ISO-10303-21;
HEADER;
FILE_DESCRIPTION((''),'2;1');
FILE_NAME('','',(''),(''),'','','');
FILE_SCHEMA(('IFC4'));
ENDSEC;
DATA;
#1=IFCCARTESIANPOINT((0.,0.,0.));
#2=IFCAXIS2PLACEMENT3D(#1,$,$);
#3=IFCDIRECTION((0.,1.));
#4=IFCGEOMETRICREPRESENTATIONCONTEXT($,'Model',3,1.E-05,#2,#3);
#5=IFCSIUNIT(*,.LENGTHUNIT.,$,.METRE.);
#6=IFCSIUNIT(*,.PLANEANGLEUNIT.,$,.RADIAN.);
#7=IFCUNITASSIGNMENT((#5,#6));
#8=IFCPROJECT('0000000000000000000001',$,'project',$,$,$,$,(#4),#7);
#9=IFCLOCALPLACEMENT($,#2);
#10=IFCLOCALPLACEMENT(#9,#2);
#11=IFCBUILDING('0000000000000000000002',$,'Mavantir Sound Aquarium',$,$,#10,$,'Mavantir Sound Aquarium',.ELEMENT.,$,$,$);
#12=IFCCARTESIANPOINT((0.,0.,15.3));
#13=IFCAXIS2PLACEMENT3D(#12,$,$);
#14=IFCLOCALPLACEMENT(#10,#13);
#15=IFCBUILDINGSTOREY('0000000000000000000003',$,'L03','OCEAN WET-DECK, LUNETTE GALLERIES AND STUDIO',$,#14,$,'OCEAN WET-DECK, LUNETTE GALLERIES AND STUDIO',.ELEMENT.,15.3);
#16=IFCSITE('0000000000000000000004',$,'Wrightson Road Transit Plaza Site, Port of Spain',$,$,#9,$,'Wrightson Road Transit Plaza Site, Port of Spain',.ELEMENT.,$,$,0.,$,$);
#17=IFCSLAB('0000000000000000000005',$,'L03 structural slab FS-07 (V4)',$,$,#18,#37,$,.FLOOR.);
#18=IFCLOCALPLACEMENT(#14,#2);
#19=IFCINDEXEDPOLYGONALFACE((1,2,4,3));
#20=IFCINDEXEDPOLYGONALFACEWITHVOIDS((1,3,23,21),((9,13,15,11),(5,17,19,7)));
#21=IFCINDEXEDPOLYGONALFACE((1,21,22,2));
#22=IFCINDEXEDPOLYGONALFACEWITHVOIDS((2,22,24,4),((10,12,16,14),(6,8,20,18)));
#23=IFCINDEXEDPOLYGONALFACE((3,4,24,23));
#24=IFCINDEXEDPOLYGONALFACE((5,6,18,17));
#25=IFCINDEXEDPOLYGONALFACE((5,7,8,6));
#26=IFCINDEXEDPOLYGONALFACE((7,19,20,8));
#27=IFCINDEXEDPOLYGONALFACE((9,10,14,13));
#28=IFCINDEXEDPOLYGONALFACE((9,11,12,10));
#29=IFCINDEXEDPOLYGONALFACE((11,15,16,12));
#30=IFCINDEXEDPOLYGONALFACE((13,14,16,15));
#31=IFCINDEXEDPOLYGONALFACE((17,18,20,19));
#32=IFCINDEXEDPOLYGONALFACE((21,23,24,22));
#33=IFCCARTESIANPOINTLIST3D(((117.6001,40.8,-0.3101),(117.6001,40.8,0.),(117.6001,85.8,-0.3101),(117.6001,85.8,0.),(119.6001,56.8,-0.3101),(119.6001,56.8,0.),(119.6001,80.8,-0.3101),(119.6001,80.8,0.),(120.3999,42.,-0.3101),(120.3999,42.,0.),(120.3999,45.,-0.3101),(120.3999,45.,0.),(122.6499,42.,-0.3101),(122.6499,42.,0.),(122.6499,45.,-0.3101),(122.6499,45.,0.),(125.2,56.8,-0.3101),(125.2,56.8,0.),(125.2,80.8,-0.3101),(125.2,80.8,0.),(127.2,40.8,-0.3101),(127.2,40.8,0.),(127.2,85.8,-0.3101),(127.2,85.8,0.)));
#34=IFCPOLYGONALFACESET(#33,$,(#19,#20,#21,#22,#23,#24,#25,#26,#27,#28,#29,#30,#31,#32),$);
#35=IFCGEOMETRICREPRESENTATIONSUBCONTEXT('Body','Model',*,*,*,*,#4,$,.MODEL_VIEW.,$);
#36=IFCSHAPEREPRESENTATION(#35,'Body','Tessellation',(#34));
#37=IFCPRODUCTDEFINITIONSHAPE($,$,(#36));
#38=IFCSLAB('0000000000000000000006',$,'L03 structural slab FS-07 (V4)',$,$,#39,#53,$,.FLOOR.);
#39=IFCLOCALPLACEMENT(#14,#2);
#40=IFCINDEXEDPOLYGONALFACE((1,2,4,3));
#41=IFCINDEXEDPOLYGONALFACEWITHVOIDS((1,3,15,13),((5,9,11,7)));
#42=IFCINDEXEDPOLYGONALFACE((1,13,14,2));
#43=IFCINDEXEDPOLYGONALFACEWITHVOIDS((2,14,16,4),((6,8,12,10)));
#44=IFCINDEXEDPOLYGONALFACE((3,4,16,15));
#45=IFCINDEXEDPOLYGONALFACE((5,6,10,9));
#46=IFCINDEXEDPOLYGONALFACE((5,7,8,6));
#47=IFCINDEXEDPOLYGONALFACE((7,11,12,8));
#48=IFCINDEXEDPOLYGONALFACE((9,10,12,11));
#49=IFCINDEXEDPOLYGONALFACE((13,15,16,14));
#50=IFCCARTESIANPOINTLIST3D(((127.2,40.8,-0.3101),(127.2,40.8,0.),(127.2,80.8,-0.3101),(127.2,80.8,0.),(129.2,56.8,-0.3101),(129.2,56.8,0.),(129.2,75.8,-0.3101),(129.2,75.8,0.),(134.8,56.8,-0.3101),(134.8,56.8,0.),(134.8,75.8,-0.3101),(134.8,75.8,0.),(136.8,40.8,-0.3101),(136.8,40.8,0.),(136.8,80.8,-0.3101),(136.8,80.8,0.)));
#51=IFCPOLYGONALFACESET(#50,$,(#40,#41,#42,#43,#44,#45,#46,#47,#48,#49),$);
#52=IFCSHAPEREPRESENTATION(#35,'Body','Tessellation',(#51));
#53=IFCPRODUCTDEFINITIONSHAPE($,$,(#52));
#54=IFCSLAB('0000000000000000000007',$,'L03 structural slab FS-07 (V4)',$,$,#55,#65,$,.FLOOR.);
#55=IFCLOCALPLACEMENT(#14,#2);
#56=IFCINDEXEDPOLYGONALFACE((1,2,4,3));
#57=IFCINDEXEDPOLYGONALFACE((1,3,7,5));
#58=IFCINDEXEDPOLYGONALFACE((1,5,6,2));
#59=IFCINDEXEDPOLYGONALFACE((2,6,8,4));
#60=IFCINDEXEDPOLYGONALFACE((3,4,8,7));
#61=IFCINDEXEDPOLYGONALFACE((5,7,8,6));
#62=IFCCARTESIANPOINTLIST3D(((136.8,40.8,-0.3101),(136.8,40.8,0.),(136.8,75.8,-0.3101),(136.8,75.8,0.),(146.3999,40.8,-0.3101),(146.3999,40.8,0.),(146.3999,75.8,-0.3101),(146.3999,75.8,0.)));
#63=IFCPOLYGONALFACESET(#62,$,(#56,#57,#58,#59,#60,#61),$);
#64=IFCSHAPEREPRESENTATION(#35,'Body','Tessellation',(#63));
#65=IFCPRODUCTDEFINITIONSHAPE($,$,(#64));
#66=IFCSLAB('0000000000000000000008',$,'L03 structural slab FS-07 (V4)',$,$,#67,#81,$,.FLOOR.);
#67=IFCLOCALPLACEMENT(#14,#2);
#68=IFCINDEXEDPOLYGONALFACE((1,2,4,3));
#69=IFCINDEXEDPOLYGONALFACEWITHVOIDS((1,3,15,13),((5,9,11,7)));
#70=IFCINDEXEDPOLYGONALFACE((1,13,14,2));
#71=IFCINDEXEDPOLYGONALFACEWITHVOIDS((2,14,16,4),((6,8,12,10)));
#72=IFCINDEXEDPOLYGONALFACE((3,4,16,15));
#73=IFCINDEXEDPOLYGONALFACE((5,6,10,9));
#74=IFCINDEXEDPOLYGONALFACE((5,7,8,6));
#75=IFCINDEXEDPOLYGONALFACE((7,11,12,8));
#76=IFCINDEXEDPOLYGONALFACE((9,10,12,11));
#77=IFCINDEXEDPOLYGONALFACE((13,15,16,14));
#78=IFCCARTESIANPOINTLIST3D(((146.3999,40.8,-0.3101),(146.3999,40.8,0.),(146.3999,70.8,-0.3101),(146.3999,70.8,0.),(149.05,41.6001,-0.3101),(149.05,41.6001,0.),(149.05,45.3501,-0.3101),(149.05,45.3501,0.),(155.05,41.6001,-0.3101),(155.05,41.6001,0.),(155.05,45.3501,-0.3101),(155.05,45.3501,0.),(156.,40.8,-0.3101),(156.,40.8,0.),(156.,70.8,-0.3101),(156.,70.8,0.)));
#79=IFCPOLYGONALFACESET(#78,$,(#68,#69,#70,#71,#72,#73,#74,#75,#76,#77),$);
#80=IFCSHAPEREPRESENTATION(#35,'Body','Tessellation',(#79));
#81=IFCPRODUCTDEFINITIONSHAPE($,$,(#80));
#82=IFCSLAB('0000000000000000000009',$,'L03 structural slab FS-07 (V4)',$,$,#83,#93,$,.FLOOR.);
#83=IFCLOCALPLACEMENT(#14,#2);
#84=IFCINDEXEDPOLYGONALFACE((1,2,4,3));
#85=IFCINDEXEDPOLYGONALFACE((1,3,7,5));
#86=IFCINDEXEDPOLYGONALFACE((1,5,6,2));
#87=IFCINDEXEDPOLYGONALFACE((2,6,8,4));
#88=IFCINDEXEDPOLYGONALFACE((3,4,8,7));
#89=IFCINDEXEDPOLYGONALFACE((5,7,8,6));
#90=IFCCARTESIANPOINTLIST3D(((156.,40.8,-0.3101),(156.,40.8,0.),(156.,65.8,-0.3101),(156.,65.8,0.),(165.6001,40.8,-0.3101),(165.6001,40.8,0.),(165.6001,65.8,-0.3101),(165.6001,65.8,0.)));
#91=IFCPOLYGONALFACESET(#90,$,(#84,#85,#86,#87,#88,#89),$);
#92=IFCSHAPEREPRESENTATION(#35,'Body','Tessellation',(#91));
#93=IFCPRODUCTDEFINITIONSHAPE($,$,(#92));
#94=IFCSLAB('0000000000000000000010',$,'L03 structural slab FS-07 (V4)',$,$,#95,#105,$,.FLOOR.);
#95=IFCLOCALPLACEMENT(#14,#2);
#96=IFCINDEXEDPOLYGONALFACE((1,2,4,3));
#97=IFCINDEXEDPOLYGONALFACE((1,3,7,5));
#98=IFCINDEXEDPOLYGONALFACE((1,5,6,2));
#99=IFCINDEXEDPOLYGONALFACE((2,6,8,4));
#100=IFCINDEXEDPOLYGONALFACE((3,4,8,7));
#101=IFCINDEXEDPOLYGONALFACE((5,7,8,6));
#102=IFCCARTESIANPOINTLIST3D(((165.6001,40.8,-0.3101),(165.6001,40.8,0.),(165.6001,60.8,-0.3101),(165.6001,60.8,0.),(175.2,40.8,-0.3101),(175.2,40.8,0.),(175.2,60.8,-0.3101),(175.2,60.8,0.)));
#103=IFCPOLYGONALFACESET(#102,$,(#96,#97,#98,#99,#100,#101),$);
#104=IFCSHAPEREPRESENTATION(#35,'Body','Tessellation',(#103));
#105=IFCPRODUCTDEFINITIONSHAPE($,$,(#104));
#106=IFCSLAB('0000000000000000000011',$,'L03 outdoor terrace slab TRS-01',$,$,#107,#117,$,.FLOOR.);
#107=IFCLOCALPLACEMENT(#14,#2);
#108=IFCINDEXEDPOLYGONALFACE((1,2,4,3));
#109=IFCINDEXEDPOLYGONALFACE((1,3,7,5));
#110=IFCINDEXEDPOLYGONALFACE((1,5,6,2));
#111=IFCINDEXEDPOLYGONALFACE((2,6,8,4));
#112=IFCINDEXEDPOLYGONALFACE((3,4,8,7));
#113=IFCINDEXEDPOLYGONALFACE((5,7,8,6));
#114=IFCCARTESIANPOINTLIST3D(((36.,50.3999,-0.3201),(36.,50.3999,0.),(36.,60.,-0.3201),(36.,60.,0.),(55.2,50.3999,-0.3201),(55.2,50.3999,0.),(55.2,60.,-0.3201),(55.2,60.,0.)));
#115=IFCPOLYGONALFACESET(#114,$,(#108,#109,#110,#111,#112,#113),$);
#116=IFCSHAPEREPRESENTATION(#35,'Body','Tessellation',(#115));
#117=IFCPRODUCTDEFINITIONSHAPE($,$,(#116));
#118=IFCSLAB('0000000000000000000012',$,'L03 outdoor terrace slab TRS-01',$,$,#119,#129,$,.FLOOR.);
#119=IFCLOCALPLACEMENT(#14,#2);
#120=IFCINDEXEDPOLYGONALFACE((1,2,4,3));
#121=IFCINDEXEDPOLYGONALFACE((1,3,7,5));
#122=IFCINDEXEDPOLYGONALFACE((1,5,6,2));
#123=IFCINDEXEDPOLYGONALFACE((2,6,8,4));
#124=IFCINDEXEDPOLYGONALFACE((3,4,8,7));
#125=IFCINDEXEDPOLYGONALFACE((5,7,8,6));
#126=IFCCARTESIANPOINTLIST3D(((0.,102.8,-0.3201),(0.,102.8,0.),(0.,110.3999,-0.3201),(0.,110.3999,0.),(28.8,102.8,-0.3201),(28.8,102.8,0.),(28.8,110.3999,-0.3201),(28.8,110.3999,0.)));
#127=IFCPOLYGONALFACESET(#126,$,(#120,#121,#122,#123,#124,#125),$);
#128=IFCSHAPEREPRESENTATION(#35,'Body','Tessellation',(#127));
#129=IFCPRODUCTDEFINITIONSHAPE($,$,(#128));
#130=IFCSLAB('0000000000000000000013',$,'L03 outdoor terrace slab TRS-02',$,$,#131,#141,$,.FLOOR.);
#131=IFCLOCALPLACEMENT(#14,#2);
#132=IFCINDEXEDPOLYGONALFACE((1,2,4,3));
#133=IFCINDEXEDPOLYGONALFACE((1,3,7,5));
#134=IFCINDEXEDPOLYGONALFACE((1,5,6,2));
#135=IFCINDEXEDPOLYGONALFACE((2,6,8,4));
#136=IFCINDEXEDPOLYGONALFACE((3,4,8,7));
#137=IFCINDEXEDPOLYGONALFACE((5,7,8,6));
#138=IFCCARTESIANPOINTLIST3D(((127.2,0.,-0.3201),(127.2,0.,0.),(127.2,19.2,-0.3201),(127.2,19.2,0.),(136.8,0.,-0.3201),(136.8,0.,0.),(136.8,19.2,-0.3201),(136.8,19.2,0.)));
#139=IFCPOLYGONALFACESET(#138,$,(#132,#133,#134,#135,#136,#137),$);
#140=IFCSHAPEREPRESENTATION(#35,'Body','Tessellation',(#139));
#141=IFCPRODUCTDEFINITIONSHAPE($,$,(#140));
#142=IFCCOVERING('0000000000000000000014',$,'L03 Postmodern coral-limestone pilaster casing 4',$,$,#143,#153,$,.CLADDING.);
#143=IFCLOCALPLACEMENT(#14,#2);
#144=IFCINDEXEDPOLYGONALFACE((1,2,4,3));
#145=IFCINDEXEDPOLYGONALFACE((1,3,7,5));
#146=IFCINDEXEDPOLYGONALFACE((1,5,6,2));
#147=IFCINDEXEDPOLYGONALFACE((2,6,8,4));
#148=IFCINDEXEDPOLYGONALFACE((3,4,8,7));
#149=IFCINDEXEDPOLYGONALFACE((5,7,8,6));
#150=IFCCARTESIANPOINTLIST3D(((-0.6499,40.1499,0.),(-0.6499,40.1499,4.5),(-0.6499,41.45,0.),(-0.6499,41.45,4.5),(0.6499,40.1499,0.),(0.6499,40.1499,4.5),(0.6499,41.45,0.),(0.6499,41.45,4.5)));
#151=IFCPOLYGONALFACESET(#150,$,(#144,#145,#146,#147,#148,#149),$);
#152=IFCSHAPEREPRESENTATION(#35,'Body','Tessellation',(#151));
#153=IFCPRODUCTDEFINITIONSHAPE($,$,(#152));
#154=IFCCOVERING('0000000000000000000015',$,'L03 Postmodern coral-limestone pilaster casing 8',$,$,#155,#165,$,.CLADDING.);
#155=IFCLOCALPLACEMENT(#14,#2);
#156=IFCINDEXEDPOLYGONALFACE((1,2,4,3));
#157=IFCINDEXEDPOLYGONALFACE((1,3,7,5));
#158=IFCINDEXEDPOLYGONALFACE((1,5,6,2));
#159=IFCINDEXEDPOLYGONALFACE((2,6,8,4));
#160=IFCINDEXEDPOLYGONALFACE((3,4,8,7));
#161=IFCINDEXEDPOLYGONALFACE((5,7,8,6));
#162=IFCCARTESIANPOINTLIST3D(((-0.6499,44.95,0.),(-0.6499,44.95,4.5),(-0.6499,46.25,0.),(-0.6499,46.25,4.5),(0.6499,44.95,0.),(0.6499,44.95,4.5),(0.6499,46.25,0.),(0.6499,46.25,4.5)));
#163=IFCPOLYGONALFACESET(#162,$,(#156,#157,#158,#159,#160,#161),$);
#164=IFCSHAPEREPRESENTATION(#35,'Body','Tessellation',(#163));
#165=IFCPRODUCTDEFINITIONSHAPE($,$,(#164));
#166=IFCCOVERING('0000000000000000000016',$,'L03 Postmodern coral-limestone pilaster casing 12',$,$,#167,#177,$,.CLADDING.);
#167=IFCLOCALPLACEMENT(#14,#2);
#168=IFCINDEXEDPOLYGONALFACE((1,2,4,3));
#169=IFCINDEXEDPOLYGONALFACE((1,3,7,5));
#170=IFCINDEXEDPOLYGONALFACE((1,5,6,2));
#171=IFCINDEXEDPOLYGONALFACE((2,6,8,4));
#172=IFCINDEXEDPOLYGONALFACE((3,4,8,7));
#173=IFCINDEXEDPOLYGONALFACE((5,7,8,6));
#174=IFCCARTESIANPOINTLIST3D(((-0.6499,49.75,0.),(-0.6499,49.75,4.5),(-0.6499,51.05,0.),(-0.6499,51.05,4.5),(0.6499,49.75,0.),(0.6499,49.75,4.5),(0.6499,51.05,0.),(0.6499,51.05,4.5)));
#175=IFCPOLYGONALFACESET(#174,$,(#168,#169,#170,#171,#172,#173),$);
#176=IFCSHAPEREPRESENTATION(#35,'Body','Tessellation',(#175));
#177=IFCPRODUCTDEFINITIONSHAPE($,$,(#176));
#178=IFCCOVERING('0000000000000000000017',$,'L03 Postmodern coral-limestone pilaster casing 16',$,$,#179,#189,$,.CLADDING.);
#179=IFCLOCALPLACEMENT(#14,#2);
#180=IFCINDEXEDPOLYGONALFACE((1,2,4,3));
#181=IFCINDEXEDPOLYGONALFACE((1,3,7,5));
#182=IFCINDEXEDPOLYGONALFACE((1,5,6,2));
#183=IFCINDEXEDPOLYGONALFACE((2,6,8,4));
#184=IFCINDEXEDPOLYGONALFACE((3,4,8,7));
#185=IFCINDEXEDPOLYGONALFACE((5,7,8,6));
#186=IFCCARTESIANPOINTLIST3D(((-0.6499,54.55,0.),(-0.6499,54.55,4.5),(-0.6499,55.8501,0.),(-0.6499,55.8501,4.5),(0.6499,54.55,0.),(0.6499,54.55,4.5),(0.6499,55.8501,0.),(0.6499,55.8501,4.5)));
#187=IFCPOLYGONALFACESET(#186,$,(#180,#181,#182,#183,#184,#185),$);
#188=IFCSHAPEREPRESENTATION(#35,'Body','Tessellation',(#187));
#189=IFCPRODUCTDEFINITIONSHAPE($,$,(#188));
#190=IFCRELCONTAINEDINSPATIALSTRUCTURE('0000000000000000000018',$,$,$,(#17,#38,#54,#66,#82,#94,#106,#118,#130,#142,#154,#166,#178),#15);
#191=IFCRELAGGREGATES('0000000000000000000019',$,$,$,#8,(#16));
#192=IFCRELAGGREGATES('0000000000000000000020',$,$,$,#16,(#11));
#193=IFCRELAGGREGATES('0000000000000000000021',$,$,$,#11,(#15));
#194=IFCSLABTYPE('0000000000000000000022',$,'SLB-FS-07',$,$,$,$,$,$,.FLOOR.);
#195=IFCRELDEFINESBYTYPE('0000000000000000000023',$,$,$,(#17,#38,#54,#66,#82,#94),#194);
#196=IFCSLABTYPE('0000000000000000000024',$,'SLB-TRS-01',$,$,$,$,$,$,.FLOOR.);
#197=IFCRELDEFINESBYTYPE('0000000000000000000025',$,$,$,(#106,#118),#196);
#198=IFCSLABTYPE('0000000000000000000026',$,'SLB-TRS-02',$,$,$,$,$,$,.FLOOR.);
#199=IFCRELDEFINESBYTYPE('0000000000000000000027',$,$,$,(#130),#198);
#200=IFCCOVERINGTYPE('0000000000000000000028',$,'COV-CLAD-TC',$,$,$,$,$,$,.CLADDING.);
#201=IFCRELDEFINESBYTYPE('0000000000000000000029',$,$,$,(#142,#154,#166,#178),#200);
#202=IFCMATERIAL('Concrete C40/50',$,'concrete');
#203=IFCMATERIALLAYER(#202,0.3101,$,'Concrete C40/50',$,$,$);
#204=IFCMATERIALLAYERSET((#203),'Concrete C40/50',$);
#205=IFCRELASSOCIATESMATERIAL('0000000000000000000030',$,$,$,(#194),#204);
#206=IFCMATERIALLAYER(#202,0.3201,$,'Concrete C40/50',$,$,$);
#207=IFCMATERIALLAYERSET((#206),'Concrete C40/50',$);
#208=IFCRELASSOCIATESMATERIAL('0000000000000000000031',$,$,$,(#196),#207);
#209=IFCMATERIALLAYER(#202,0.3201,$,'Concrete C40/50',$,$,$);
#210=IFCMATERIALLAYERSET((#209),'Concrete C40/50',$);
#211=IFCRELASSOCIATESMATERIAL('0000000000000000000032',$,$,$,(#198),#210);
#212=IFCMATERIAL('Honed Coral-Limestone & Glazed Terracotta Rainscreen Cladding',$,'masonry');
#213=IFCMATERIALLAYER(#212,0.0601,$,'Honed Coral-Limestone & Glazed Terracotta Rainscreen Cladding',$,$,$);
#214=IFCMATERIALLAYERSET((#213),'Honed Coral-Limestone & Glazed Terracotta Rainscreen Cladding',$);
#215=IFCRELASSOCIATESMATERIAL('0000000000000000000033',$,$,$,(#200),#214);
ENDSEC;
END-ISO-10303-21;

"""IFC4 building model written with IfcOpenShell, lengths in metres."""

from ifc_helpers import new_model, si_unit, direction, frame, origin, place, context, subcontext, project, spatial, polyline, outline, extrude, material, layer, layer_set, type_object, element, save


model = new_model("IFC4")

# Units and contexts
model_context = context("Model", 3, precision=1e-05, world=origin(), true_north=direction((0.0, 1.0)))
body_context = subcontext(model_context, "Body", "Model", "MODEL_VIEW")
ifc_project = project(units=[si_unit("LENGTHUNIT", "METRE"), si_unit("PLANEANGLEUNIT", "RADIAN")], contexts=[model_context])

# Site, building, storey
site_placement = place(None, origin())
site = spatial("IfcSite", under=ifc_project, at=site_placement, Name="Wrightson Road Transit Plaza Site, Port of Spain", LongName="Wrightson Road Transit Plaza Site, Port of Spain", CompositionType="ELEMENT", RefElevation=0.0)
building_placement = place(site_placement, origin())
building = spatial("IfcBuilding", under=site, at=building_placement, Name="Mavantir Sound Aquarium", LongName="Mavantir Sound Aquarium", CompositionType="ELEMENT")
storey_placement = place(building_placement, frame((0.0, 0.0, 15.3)))
storey = spatial("IfcBuildingStorey", under=building, at=storey_placement, Name="L03", Description="OCEAN WET-DECK, LUNETTE GALLERIES AND STUDIO", LongName="OCEAN WET-DECK, LUNETTE GALLERIES AND STUDIO", CompositionType="ELEMENT", Elevation=15.3)

# Shared definitions
ifc_material_1 = material(Name="Concrete C40/50", Category="concrete")

# Slabs
ifc_layer_1 = layer(ifc_material_1, 0.3101, Name="Concrete C40/50")
ifc_layer_set_1 = layer_set([ifc_layer_1], Name="Concrete C40/50")
slab_type_1 = type_object("IfcSlabType", Name="SLB-FS-07", PredefinedType="FLOOR", material=ifc_layer_set_1)
slab_1_placement = place(storey_placement, frame((0.0, 0.0, -0.3101)))
element("IfcSlab", 1, at=slab_1_placement, inside=storey, type_object=slab_type_1, Name="L03 structural slab FS-07 (V4)", PredefinedType="FLOOR", context=body_context, shape_type="SweptSolid", body=[
    extrude(outline(polyline([(127.2, 40.8), (127.2, 85.8), (117.6001, 85.8), (117.6001, 40.8), (127.2, 40.8)]), holes=[polyline([(119.6001, 56.8), (125.2, 56.8), (125.2, 80.8), (119.6001, 80.8), (119.6001, 56.8)]), polyline([(120.3999, 42.0), (122.6499, 42.0), (122.6499, 45.0), (120.3999, 45.0), (120.3999, 42.0)])]), origin(), (0.0, 0.0, 1.0), 0.3101),
])
slab_2_placement = place(storey_placement, frame((0.0, 0.0, -0.3101)))
element("IfcSlab", 2, at=slab_2_placement, inside=storey, type_object=slab_type_1, Name="L03 structural slab FS-07 (V4)", PredefinedType="FLOOR", context=body_context, shape_type="SweptSolid", body=[
    extrude(outline(polyline([(136.8, 40.8), (136.8, 80.8), (127.2, 80.8), (127.2, 40.8), (136.8, 40.8)]), holes=[polyline([(129.2, 56.8), (134.8, 56.8), (134.8, 75.8), (129.2, 75.8), (129.2, 56.8)])]), origin(), (0.0, 0.0, 1.0), 0.3101),
])
slab_3_placement = place(storey_placement, frame((0.0, 0.0, -0.3101)))
element("IfcSlab", 3, at=slab_3_placement, inside=storey, type_object=slab_type_1, Name="L03 structural slab FS-07 (V4)", PredefinedType="FLOOR", context=body_context, shape_type="SweptSolid", body=[
    extrude(outline(polyline([(146.3999, 40.8), (146.3999, 75.8), (136.8, 75.8), (136.8, 40.8), (146.3999, 40.8)])), origin(), (0.0, 0.0, 1.0), 0.3101),
])
slab_4_placement = place(storey_placement, frame((0.0, 0.0, -0.3101)))
element("IfcSlab", 4, at=slab_4_placement, inside=storey, type_object=slab_type_1, Name="L03 structural slab FS-07 (V4)", PredefinedType="FLOOR", context=body_context, shape_type="SweptSolid", body=[
    extrude(outline(polyline([(156.0, 40.8), (156.0, 70.8), (146.3999, 70.8), (146.3999, 40.8), (156.0, 40.8)]), holes=[polyline([(149.05, 41.6001), (155.05, 41.6001), (155.05, 45.3501), (149.05, 45.3501), (149.05, 41.6001)])]), origin(), (0.0, 0.0, 1.0), 0.3101),
])
slab_5_placement = place(storey_placement, frame((0.0, 0.0, -0.3101)))
element("IfcSlab", 5, at=slab_5_placement, inside=storey, type_object=slab_type_1, Name="L03 structural slab FS-07 (V4)", PredefinedType="FLOOR", context=body_context, shape_type="SweptSolid", body=[
    extrude(outline(polyline([(165.6001, 40.8), (165.6001, 65.8), (156.0, 65.8), (156.0, 40.8), (165.6001, 40.8)])), origin(), (0.0, 0.0, 1.0), 0.3101),
])
slab_6_placement = place(storey_placement, frame((0.0, 0.0, -0.3101)))
element("IfcSlab", 6, at=slab_6_placement, inside=storey, type_object=slab_type_1, Name="L03 structural slab FS-07 (V4)", PredefinedType="FLOOR", context=body_context, shape_type="SweptSolid", body=[
    extrude(outline(polyline([(175.2, 40.8), (175.2, 60.8), (165.6001, 60.8), (165.6001, 40.8), (175.2, 40.8)])), origin(), (0.0, 0.0, 1.0), 0.3101),
])
ifc_layer_2 = layer(ifc_material_1, 0.3201, Name="Concrete C40/50")
ifc_layer_set_2 = layer_set([ifc_layer_2], Name="Concrete C40/50")
slab_type_2 = type_object("IfcSlabType", Name="SLB-TRS-01", PredefinedType="FLOOR", material=ifc_layer_set_2)
slab_7_placement = place(storey_placement, frame((0.0, 0.0, -0.3201)))
element("IfcSlab", 7, at=slab_7_placement, inside=storey, type_object=slab_type_2, Name="L03 outdoor terrace slab TRS-01", PredefinedType="FLOOR", context=body_context, shape_type="SweptSolid", body=[
    extrude(outline(polyline([(36.0, 50.3999), (55.2, 50.3999), (55.2, 60.0), (36.0, 60.0), (36.0, 50.3999)])), origin(), (0.0, 0.0, 1.0), 0.3201),
])
slab_8_placement = place(storey_placement, frame((0.0, 0.0, -0.3201)))
element("IfcSlab", 8, at=slab_8_placement, inside=storey, type_object=slab_type_2, Name="L03 outdoor terrace slab TRS-01", PredefinedType="FLOOR", context=body_context, shape_type="SweptSolid", body=[
    extrude(outline(polyline([(0.0, 102.8), (28.8, 102.8), (28.8, 110.3999), (0.0, 110.3999), (0.0, 102.8)])), origin(), (0.0, 0.0, 1.0), 0.3201),
])
ifc_layer_3 = layer(ifc_material_1, 0.3201, Name="Concrete C40/50")
ifc_layer_set_3 = layer_set([ifc_layer_3], Name="Concrete C40/50")
slab_type_3 = type_object("IfcSlabType", Name="SLB-TRS-02", PredefinedType="FLOOR", material=ifc_layer_set_3)
slab_9_placement = place(storey_placement, frame((0.0, 0.0, -0.3201)))
element("IfcSlab", 9, at=slab_9_placement, inside=storey, type_object=slab_type_3, Name="L03 outdoor terrace slab TRS-02", PredefinedType="FLOOR", context=body_context, shape_type="SweptSolid", body=[
    extrude(outline(polyline([(127.2, 0.0), (136.8, 0.0), (136.8, 19.2), (127.2, 19.2), (127.2, 0.0)])), origin(), (0.0, 0.0, 1.0), 0.3201),
])

# Coverings
ifc_material_2 = material(Name="Honed Coral-Limestone & Glazed Terracotta Rainscreen Cladding", Category="masonry")
ifc_layer_4 = layer(ifc_material_2, 0.0601, Name="Honed Coral-Limestone & Glazed Terracotta Rainscreen Cladding")
ifc_layer_set_4 = layer_set([ifc_layer_4], Name="Honed Coral-Limestone & Glazed Terracotta Rainscreen Cladding")
covering_type = type_object("IfcCoveringType", Name="COV-CLAD-TC", PredefinedType="CLADDING", material=ifc_layer_set_4)
covering_1_placement = place(storey_placement, origin())
element("IfcCovering", 10, at=covering_1_placement, inside=storey, type_object=covering_type, Name="L03 Postmodern coral-limestone pilaster casing 4", PredefinedType="CLADDING", context=body_context, shape_type="SweptSolid", body=[
    extrude(outline(polyline([(-0.6499, 40.1499), (0.6499, 40.1499), (0.6499, 41.45), (-0.6499, 41.45), (-0.6499, 40.1499)])), origin(), (0.0, 0.0, 1.0), 4.5),
])
covering_2_placement = place(storey_placement, origin())
element("IfcCovering", 11, at=covering_2_placement, inside=storey, type_object=covering_type, Name="L03 Postmodern coral-limestone pilaster casing 8", PredefinedType="CLADDING", context=body_context, shape_type="SweptSolid", body=[
    extrude(outline(polyline([(-0.6499, 44.95), (0.6499, 44.95), (0.6499, 46.25), (-0.6499, 46.25), (-0.6499, 44.95)])), origin(), (0.0, 0.0, 1.0), 4.5),
])
covering_3_placement = place(storey_placement, origin())
element("IfcCovering", 12, at=covering_3_placement, inside=storey, type_object=covering_type, Name="L03 Postmodern coral-limestone pilaster casing 12", PredefinedType="CLADDING", context=body_context, shape_type="SweptSolid", body=[
    extrude(outline(polyline([(-0.6499, 49.75), (0.6499, 49.75), (0.6499, 51.05), (-0.6499, 51.05), (-0.6499, 49.75)])), origin(), (0.0, 0.0, 1.0), 4.5),
])
covering_4_placement = place(storey_placement, origin())
element("IfcCovering", 13, at=covering_4_placement, inside=storey, type_object=covering_type, Name="L03 Postmodern coral-limestone pilaster casing 16", PredefinedType="CLADDING", context=body_context, shape_type="SweptSolid", body=[
    extrude(outline(polyline([(-0.6499, 54.55), (0.6499, 54.55), (0.6499, 55.8501), (-0.6499, 55.8501), (-0.6499, 54.55)])), origin(), (0.0, 0.0, 1.0), 4.5),
])

save(model, "model.ifc")
